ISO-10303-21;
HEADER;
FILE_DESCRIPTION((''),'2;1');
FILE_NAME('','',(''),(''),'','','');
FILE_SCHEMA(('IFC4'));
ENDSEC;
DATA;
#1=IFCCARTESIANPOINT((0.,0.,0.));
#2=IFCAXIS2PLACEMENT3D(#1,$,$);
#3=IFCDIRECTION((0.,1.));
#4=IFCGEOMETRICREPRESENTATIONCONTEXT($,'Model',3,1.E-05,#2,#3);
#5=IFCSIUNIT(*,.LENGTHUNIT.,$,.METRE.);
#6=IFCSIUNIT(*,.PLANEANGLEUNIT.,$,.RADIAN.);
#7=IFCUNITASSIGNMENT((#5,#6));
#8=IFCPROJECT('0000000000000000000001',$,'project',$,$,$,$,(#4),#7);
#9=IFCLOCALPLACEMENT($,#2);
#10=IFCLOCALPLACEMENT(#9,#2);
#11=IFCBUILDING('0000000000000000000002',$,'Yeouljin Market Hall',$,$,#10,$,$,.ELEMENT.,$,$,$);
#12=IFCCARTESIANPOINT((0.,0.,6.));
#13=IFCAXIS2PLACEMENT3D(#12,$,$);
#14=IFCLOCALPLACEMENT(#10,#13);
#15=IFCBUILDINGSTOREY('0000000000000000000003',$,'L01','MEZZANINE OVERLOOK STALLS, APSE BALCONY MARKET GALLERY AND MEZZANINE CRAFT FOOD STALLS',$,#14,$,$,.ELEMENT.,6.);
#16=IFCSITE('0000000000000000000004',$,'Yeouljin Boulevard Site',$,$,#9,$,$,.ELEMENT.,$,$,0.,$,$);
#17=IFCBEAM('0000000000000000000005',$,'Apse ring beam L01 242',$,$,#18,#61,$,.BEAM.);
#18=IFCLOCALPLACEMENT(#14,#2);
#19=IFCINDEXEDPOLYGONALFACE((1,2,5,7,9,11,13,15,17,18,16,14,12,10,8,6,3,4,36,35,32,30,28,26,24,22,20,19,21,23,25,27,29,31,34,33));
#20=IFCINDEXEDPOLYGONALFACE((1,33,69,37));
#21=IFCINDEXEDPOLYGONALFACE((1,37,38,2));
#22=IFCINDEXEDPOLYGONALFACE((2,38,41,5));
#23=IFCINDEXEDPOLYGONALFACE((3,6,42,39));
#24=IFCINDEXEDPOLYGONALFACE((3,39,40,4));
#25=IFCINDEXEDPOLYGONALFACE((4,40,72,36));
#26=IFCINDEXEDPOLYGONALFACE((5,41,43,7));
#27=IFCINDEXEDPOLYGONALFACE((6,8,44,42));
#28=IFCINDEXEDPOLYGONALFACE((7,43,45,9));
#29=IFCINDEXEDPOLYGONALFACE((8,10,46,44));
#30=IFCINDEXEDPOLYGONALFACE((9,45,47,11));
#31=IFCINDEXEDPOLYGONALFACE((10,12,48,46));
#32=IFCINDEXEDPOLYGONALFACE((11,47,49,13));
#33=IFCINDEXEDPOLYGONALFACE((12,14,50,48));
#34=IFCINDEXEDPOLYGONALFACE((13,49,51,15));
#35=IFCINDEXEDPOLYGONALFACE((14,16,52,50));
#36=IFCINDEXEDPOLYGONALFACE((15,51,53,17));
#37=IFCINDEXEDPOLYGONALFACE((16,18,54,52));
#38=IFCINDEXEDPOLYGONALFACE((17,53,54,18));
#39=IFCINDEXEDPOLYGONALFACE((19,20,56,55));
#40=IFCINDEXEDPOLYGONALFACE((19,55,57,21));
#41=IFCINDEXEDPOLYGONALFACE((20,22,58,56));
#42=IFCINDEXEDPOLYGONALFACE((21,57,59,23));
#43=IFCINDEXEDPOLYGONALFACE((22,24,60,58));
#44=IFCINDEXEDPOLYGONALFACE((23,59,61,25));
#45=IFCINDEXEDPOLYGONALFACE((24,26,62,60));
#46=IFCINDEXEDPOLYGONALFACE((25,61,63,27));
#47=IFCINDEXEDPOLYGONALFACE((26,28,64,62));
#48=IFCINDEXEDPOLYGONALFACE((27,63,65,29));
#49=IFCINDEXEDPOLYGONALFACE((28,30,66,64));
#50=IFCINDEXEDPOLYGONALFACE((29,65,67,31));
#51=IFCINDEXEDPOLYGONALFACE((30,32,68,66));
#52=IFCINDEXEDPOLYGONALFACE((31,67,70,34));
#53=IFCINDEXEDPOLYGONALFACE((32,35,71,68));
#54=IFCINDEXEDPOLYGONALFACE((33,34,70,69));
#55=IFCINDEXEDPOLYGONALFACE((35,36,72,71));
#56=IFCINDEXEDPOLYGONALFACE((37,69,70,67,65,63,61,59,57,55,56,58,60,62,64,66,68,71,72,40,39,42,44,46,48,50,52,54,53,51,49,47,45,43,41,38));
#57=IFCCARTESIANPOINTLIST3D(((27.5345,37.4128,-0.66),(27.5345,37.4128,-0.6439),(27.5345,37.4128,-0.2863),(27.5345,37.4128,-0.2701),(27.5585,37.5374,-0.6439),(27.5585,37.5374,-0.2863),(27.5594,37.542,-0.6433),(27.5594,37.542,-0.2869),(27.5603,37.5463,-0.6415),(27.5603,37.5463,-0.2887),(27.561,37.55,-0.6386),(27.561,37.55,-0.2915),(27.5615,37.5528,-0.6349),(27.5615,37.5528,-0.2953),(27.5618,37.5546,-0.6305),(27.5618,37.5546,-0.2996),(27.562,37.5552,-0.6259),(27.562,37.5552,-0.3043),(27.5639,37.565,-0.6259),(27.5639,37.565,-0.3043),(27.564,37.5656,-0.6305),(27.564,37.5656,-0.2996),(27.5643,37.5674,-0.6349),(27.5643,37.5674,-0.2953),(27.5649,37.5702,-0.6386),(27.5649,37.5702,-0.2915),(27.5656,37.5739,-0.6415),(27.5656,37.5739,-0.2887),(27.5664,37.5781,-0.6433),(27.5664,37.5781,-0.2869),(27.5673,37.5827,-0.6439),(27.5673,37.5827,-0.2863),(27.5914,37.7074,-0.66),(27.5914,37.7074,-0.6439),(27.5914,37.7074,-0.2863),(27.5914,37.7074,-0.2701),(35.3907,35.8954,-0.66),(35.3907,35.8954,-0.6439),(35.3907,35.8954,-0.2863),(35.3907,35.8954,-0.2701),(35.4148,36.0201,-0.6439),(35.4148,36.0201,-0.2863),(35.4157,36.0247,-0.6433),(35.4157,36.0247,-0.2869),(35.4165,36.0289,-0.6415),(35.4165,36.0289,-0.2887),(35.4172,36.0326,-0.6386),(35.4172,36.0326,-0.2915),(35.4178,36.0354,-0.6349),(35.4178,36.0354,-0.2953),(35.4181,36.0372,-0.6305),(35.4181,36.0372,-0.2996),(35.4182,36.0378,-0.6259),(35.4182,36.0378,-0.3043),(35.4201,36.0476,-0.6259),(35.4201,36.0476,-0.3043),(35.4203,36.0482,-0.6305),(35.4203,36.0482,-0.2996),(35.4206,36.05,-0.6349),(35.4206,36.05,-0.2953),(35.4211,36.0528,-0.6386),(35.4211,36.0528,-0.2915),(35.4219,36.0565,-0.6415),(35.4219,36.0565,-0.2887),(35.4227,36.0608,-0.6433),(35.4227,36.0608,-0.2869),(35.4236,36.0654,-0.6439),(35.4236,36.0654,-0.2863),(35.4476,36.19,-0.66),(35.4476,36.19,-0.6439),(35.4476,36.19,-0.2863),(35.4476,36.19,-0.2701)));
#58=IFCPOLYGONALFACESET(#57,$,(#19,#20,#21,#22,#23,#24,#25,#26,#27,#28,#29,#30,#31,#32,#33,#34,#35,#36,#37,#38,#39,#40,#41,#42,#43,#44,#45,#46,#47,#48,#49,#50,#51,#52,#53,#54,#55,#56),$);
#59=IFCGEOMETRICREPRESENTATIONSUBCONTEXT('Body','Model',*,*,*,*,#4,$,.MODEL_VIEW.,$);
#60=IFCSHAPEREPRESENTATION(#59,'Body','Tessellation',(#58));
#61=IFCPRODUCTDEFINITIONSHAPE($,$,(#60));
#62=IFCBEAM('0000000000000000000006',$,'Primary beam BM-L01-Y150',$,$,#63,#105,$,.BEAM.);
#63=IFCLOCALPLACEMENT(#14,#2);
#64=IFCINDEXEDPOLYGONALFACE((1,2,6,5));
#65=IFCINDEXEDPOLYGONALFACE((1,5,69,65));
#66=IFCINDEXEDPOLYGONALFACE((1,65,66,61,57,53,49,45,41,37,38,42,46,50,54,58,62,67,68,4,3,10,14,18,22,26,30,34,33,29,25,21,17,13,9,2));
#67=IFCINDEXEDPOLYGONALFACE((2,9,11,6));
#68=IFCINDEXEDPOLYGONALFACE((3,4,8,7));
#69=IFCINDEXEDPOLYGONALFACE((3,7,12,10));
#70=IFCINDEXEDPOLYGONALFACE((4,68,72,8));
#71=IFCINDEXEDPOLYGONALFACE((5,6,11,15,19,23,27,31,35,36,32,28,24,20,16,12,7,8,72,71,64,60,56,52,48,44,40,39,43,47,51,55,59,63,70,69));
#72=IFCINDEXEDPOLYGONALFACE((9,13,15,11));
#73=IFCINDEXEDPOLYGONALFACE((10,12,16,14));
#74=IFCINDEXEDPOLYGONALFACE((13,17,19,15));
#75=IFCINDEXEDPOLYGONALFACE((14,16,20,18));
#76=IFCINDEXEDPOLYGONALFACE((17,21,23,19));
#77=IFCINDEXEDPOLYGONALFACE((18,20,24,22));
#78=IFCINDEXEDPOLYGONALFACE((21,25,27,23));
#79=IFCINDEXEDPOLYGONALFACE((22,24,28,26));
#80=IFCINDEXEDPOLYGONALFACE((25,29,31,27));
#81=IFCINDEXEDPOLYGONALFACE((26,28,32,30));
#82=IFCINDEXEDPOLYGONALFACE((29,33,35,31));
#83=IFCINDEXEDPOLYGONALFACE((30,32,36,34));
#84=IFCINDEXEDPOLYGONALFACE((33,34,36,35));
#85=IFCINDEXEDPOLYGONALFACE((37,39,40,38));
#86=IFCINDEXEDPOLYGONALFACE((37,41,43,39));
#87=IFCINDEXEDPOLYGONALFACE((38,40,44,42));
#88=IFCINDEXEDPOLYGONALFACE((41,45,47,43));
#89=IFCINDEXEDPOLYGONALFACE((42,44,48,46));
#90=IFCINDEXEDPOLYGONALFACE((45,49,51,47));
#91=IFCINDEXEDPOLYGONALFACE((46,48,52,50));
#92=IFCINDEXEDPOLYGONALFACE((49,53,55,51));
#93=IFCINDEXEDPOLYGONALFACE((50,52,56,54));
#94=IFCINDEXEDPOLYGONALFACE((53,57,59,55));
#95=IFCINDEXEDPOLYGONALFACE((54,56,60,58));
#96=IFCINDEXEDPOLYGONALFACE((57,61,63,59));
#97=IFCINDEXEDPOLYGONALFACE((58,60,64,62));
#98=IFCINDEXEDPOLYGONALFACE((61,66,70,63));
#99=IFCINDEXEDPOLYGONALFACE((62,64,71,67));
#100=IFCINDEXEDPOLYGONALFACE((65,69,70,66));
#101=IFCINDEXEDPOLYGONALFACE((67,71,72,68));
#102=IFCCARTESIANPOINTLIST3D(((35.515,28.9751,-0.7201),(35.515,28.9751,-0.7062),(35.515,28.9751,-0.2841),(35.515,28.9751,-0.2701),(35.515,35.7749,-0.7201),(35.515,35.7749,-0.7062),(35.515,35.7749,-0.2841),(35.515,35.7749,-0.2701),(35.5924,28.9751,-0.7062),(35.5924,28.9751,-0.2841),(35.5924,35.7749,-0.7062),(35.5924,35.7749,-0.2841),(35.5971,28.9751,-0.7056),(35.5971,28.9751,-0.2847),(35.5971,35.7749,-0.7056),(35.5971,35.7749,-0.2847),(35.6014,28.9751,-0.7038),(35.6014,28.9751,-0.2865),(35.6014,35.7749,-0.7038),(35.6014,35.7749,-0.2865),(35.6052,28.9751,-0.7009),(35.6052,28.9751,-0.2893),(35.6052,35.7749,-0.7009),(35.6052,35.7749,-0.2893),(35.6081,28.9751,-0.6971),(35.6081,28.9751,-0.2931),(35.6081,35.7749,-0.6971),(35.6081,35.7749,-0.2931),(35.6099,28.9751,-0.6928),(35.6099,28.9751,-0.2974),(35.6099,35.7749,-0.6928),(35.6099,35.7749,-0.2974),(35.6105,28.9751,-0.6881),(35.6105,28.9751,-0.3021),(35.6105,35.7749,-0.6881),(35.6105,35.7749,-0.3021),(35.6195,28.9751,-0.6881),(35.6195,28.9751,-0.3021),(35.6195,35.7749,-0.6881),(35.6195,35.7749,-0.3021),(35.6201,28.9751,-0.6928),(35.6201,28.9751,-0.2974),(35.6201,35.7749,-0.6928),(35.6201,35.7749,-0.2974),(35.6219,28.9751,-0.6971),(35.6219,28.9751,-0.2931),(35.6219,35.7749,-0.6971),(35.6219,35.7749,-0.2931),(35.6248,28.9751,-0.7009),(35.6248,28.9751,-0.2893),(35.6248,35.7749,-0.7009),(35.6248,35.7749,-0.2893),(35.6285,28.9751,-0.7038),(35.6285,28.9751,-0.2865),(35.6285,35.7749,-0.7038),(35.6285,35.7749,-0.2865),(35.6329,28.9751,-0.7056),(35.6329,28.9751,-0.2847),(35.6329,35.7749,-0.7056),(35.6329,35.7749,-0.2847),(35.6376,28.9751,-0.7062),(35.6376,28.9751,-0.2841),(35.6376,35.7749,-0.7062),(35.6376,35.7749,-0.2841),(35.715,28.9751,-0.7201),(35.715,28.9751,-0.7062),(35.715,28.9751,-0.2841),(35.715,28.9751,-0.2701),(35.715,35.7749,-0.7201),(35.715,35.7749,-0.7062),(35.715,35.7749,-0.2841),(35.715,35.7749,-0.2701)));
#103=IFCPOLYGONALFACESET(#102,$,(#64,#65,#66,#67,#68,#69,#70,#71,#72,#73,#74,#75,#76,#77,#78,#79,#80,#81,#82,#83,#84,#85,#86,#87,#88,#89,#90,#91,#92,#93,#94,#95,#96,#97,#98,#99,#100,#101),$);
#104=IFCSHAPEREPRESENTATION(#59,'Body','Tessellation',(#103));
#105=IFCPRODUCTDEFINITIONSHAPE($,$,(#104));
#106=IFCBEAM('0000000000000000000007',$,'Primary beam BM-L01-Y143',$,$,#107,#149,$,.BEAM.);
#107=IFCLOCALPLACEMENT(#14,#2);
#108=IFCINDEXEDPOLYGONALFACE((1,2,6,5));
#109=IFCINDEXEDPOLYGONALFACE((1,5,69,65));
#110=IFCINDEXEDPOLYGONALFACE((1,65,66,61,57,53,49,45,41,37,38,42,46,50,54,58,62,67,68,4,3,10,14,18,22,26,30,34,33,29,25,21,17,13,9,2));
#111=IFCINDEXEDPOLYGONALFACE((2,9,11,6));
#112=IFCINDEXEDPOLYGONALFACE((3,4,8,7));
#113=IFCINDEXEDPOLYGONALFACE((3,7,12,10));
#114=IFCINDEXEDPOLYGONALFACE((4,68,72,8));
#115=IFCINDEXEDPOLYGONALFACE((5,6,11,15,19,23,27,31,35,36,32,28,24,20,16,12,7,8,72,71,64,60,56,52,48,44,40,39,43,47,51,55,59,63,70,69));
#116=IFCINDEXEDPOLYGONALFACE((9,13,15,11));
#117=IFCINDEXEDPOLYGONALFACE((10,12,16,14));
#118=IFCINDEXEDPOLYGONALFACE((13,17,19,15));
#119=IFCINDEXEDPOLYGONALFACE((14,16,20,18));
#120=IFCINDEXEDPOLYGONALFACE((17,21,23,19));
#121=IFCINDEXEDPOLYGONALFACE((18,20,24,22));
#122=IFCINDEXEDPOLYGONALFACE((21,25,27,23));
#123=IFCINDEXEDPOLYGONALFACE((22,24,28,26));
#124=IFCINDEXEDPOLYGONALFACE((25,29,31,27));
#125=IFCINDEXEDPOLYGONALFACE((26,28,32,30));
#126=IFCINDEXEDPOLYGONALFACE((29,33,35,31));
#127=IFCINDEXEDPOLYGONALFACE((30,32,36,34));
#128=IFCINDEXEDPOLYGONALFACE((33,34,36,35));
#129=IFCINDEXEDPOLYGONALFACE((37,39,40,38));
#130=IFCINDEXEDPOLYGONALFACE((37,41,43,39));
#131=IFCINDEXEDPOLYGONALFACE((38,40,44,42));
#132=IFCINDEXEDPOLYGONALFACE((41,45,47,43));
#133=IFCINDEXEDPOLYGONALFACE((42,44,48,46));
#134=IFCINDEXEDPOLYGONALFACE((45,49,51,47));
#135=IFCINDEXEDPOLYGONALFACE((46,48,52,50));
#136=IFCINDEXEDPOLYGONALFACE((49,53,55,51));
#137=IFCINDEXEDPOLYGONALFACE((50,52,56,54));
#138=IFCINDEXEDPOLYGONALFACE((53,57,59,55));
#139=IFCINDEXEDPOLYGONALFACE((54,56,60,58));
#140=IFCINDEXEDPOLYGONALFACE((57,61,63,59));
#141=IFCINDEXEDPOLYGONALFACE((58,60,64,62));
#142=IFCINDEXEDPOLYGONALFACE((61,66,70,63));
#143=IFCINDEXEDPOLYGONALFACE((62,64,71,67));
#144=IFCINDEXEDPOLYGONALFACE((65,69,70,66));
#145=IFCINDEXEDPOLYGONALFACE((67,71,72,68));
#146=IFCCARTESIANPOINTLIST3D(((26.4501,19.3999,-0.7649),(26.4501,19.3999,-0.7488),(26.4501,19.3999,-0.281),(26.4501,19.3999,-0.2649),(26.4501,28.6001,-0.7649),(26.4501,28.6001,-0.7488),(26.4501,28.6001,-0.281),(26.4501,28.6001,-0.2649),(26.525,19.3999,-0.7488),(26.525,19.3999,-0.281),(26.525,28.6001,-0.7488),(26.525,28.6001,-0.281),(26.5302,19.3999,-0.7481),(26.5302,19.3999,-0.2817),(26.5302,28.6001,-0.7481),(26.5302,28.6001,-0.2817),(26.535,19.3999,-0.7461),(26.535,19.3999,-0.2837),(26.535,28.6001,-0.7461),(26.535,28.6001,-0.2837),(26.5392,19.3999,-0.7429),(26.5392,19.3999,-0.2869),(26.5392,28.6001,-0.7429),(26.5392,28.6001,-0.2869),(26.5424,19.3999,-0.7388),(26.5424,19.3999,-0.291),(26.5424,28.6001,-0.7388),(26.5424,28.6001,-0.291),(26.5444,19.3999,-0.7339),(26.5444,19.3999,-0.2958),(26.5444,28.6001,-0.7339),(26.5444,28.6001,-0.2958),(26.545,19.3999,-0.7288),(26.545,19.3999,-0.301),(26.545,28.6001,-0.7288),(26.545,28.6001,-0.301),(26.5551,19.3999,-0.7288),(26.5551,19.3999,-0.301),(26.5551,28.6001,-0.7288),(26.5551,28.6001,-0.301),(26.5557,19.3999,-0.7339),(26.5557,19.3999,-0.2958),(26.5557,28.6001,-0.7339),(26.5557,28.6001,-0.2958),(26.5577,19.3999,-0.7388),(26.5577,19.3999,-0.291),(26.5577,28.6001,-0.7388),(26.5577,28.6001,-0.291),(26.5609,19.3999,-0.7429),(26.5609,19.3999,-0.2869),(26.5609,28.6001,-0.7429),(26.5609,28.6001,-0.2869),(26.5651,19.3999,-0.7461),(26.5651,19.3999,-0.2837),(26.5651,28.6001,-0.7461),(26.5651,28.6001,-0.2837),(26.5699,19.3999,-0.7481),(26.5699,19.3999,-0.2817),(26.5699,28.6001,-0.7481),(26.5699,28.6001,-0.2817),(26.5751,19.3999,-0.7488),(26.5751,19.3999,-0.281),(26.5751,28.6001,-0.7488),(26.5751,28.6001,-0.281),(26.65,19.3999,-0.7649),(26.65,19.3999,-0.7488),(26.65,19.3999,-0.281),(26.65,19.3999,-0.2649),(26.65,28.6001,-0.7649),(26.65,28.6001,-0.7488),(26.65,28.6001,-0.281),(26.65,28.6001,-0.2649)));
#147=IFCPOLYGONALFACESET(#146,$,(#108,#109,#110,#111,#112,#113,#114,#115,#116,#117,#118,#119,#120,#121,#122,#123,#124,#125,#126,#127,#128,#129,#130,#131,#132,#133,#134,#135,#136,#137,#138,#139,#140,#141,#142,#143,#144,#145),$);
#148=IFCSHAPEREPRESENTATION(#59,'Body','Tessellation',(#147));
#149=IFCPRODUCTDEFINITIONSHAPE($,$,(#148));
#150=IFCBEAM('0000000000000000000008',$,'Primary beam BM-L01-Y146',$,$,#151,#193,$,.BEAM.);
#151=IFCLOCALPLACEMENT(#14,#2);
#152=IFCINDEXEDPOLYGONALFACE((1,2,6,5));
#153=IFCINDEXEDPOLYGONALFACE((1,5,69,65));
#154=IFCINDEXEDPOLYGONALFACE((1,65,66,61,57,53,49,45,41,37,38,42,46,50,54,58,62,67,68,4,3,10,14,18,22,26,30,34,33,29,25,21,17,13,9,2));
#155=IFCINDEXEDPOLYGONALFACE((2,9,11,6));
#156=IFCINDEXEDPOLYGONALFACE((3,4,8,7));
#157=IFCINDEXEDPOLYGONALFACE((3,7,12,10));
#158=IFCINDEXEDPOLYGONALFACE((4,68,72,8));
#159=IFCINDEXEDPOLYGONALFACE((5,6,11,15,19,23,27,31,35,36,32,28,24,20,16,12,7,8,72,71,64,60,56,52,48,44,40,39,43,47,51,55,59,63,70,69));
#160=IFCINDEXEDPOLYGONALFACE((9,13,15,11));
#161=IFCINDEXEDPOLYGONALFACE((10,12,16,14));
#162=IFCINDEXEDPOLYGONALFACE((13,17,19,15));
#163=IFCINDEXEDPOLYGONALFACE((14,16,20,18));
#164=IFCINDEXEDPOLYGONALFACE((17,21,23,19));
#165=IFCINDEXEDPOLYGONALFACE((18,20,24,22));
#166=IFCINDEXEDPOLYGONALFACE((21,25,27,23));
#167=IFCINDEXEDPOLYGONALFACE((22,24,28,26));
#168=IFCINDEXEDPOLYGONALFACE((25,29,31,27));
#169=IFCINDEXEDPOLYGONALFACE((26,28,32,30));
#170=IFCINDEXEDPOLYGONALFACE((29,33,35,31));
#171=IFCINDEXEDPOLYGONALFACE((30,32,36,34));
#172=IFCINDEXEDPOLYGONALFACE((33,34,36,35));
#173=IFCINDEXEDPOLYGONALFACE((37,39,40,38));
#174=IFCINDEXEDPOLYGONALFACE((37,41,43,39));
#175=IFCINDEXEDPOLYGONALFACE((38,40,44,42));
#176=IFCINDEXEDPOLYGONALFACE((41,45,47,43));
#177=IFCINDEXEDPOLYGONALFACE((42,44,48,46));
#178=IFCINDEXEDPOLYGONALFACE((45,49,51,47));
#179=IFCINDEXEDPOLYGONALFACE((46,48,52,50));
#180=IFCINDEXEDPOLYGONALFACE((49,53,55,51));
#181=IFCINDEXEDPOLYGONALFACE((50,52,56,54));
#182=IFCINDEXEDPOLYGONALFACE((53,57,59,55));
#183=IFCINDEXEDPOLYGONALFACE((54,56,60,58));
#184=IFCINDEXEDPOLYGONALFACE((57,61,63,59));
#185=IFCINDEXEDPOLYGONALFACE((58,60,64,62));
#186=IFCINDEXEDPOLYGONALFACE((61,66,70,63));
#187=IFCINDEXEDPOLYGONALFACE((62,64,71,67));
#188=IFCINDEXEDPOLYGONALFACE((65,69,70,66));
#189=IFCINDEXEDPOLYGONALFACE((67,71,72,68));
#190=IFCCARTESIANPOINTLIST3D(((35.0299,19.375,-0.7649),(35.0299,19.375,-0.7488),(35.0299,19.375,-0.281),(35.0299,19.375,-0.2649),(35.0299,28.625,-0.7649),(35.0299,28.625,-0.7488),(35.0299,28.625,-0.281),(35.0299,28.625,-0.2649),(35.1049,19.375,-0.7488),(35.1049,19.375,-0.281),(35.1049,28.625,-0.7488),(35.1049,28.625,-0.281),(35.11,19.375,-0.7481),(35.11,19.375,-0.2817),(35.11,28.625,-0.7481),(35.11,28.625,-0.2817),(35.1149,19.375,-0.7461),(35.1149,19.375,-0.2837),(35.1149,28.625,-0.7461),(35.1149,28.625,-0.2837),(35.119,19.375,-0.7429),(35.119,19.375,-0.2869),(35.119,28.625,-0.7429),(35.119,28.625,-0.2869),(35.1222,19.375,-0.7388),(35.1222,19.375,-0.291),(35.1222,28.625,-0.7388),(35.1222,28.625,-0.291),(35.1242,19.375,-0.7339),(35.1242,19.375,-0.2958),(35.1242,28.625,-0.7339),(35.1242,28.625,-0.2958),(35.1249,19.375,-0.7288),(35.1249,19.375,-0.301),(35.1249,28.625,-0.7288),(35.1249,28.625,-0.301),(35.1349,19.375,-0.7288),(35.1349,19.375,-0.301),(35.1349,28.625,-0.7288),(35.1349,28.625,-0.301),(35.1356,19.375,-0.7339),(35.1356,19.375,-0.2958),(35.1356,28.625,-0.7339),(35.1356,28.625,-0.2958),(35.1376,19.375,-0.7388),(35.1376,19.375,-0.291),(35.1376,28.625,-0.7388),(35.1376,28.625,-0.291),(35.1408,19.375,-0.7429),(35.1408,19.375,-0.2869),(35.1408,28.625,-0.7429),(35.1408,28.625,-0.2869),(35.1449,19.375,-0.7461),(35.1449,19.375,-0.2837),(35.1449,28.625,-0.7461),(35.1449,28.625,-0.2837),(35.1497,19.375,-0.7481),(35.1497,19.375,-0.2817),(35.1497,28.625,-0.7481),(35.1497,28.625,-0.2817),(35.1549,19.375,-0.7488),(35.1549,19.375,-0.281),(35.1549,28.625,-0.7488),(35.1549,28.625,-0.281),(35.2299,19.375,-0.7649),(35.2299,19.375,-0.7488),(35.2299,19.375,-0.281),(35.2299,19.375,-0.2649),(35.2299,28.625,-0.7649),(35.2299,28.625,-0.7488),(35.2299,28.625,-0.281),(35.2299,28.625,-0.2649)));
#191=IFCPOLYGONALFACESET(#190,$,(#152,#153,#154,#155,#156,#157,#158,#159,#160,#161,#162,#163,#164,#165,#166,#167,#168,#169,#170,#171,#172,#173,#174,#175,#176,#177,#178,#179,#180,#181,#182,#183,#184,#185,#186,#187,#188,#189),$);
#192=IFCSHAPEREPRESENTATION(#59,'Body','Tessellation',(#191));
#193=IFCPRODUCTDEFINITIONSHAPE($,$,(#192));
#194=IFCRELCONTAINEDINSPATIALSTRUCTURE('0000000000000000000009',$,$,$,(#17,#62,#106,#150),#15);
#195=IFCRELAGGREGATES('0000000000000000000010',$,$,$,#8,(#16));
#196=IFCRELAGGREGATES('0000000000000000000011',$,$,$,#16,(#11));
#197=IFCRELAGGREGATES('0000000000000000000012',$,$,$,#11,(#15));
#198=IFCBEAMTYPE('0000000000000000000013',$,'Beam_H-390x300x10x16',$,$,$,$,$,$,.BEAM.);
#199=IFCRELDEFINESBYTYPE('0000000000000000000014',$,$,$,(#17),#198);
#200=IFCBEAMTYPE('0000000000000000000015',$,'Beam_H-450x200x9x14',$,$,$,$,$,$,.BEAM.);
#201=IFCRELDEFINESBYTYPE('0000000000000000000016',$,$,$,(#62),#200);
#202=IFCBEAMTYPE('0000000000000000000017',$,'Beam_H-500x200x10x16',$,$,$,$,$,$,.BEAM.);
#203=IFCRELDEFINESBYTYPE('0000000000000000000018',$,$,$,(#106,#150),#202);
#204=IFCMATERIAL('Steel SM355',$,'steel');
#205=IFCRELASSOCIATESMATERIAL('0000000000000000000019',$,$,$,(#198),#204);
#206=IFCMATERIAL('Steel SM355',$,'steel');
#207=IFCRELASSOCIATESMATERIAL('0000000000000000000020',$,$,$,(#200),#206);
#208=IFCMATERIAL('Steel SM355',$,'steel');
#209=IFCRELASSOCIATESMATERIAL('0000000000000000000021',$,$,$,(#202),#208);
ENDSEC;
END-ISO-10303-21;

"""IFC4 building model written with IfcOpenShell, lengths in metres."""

from ifc_helpers import new_model, si_unit, direction, frame, origin, origin_2d, place, context, subcontext, project, spatial, i_section, extrude, material, material_profile, profile_set, type_object, element, save


model = new_model("IFC4")

# Units and contexts
model_context = context("Model", 3, precision=1e-05, world=origin(), true_north=direction((0.0, 1.0)))
body_context = subcontext(model_context, "Body", "Model", "MODEL_VIEW")
ifc_project = project(units=[si_unit("LENGTHUNIT", "METRE"), si_unit("PLANEANGLEUNIT", "RADIAN")], contexts=[model_context])

# Site, building, storey
site_placement = place(None, origin())
site = spatial("IfcSite", under=ifc_project, at=site_placement, Name="Yeouljin Boulevard Site", CompositionType="ELEMENT", RefElevation=0.0)
building_placement = place(site_placement, origin())
building = spatial("IfcBuilding", under=site, at=building_placement, Name="Yeouljin Market Hall", CompositionType="ELEMENT")
storey_placement = place(building_placement, frame((0.0, 0.0, 6.0)))
storey = spatial("IfcBuildingStorey", under=building, at=storey_placement, Name="L01", Description="MEZZANINE OVERLOOK STALLS, APSE BALCONY MARKET GALLERY AND MEZZANINE CRAFT FOOD STALLS", CompositionType="ELEMENT", Elevation=6.0)

# Beams
ifc_material_1 = material(Name="Steel SM355", Category="steel")
ifc_material_profile_1 = material_profile(ifc_material_1, i_section(OverallWidth=0.3, OverallDepth=0.3899, WebThickness=0.01, FlangeThickness=0.0161, FilletRadius=0.0181, at=origin_2d()), Name="H-390x300x10x16")
ifc_profile_set_1 = profile_set([ifc_material_profile_1], Name="Steel SM355")
beam_type_1 = type_object("IfcBeamType", Name="Beam_H-390x300x10x16", PredefinedType="BEAM", material=ifc_profile_set_1)
beam_1_placement = place(storey_placement, frame((35.4192, 36.0427, -0.4651), z_axis=(-0.981855, 0.189634, 0.0), x_axis=(-0.189634, -0.981855, 0.0)))
element("IfcBeam", 1, at=beam_1_placement, inside=storey, type_object=beam_type_1, Name="Apse ring beam L01 242", PredefinedType="BEAM", context=body_context, shape_type="SweptSolid", body=[
    extrude(i_section(OverallWidth=0.3, OverallDepth=0.3899, WebThickness=0.01, FlangeThickness=0.0161, FilletRadius=0.0181, at=origin_2d()), origin(), (0.0, 0.0, 1.0), 8.0015),
])
ifc_material_2 = material(Name="Steel SM355", Category="steel")
ifc_material_profile_2 = material_profile(ifc_material_2, i_section(OverallWidth=0.2, OverallDepth=0.45, WebThickness=0.009, FlangeThickness=0.0139, FilletRadius=0.0181, at=origin_2d()), Name="H-450x200x9x14")
ifc_profile_set_2 = profile_set([ifc_material_profile_2], Name="Steel SM355")
beam_type_2 = type_object("IfcBeamType", Name="Beam_H-450x200x9x14", PredefinedType="BEAM", material=ifc_profile_set_2)
beam_2_placement = place(storey_placement, frame((35.615, 28.9751, -0.4951), z_axis=(0.0, 1.0, 0.0), x_axis=(-1.0, 0.0, 0.0)))
element("IfcBeam", 2, at=beam_2_placement, inside=storey, type_object=beam_type_2, Name="Primary beam BM-L01-Y150", PredefinedType="BEAM", context=body_context, shape_type="SweptSolid", body=[
    extrude(i_section(OverallWidth=0.2, OverallDepth=0.45, WebThickness=0.009, FlangeThickness=0.0139, FilletRadius=0.0181, at=origin_2d()), origin(), (0.0, 0.0, 1.0), 6.7998),
])
ifc_material_3 = material(Name="Steel SM355", Category="steel")
ifc_material_profile_3 = material_profile(ifc_material_3, i_section(OverallWidth=0.2, OverallDepth=0.5, WebThickness=0.01, FlangeThickness=0.0161, FilletRadius=0.02, at=origin_2d()), Name="H-500x200x10x16")
ifc_profile_set_3 = profile_set([ifc_material_profile_3], Name="Steel SM355")
beam_type_3 = type_object("IfcBeamType", Name="Beam_H-500x200x10x16", PredefinedType="BEAM", material=ifc_profile_set_3)
beam_3_placement = place(storey_placement, frame((26.55, 19.3999, -0.5149), z_axis=(0.0, 1.0, 0.0), x_axis=(-1.0, 0.0, 0.0)))
element("IfcBeam", 3, at=beam_3_placement, inside=storey, type_object=beam_type_3, Name="Primary beam BM-L01-Y143", PredefinedType="BEAM", context=body_context, shape_type="SweptSolid", body=[
    extrude(i_section(OverallWidth=0.2, OverallDepth=0.5, WebThickness=0.01, FlangeThickness=0.0161, FilletRadius=0.02, at=origin_2d()), origin(), (0.0, 0.0, 1.0), 9.2002),
])
for number, where, z_axis, x_axis, name in (
    (4, (35.1299, 19.375, -0.5149), (0.0, 1.0, 0.0), (-1.0, 0.0, 0.0), "Primary beam BM-L01-Y146"),
):
    element("IfcBeam", number, at=place(storey_placement, frame(where, z_axis=z_axis, x_axis=x_axis)), inside=storey, type_object=beam_type_3, Name=name, PredefinedType="BEAM", context=body_context, shape_type="SweptSolid", body=[
        extrude(i_section(OverallWidth=0.2, OverallDepth=0.5, WebThickness=0.01, FlangeThickness=0.0161, FilletRadius=0.02, at=origin_2d()), origin(), (0.0, 0.0, 1.0), 9.25),
    ])

save(model, "model.ifc")
